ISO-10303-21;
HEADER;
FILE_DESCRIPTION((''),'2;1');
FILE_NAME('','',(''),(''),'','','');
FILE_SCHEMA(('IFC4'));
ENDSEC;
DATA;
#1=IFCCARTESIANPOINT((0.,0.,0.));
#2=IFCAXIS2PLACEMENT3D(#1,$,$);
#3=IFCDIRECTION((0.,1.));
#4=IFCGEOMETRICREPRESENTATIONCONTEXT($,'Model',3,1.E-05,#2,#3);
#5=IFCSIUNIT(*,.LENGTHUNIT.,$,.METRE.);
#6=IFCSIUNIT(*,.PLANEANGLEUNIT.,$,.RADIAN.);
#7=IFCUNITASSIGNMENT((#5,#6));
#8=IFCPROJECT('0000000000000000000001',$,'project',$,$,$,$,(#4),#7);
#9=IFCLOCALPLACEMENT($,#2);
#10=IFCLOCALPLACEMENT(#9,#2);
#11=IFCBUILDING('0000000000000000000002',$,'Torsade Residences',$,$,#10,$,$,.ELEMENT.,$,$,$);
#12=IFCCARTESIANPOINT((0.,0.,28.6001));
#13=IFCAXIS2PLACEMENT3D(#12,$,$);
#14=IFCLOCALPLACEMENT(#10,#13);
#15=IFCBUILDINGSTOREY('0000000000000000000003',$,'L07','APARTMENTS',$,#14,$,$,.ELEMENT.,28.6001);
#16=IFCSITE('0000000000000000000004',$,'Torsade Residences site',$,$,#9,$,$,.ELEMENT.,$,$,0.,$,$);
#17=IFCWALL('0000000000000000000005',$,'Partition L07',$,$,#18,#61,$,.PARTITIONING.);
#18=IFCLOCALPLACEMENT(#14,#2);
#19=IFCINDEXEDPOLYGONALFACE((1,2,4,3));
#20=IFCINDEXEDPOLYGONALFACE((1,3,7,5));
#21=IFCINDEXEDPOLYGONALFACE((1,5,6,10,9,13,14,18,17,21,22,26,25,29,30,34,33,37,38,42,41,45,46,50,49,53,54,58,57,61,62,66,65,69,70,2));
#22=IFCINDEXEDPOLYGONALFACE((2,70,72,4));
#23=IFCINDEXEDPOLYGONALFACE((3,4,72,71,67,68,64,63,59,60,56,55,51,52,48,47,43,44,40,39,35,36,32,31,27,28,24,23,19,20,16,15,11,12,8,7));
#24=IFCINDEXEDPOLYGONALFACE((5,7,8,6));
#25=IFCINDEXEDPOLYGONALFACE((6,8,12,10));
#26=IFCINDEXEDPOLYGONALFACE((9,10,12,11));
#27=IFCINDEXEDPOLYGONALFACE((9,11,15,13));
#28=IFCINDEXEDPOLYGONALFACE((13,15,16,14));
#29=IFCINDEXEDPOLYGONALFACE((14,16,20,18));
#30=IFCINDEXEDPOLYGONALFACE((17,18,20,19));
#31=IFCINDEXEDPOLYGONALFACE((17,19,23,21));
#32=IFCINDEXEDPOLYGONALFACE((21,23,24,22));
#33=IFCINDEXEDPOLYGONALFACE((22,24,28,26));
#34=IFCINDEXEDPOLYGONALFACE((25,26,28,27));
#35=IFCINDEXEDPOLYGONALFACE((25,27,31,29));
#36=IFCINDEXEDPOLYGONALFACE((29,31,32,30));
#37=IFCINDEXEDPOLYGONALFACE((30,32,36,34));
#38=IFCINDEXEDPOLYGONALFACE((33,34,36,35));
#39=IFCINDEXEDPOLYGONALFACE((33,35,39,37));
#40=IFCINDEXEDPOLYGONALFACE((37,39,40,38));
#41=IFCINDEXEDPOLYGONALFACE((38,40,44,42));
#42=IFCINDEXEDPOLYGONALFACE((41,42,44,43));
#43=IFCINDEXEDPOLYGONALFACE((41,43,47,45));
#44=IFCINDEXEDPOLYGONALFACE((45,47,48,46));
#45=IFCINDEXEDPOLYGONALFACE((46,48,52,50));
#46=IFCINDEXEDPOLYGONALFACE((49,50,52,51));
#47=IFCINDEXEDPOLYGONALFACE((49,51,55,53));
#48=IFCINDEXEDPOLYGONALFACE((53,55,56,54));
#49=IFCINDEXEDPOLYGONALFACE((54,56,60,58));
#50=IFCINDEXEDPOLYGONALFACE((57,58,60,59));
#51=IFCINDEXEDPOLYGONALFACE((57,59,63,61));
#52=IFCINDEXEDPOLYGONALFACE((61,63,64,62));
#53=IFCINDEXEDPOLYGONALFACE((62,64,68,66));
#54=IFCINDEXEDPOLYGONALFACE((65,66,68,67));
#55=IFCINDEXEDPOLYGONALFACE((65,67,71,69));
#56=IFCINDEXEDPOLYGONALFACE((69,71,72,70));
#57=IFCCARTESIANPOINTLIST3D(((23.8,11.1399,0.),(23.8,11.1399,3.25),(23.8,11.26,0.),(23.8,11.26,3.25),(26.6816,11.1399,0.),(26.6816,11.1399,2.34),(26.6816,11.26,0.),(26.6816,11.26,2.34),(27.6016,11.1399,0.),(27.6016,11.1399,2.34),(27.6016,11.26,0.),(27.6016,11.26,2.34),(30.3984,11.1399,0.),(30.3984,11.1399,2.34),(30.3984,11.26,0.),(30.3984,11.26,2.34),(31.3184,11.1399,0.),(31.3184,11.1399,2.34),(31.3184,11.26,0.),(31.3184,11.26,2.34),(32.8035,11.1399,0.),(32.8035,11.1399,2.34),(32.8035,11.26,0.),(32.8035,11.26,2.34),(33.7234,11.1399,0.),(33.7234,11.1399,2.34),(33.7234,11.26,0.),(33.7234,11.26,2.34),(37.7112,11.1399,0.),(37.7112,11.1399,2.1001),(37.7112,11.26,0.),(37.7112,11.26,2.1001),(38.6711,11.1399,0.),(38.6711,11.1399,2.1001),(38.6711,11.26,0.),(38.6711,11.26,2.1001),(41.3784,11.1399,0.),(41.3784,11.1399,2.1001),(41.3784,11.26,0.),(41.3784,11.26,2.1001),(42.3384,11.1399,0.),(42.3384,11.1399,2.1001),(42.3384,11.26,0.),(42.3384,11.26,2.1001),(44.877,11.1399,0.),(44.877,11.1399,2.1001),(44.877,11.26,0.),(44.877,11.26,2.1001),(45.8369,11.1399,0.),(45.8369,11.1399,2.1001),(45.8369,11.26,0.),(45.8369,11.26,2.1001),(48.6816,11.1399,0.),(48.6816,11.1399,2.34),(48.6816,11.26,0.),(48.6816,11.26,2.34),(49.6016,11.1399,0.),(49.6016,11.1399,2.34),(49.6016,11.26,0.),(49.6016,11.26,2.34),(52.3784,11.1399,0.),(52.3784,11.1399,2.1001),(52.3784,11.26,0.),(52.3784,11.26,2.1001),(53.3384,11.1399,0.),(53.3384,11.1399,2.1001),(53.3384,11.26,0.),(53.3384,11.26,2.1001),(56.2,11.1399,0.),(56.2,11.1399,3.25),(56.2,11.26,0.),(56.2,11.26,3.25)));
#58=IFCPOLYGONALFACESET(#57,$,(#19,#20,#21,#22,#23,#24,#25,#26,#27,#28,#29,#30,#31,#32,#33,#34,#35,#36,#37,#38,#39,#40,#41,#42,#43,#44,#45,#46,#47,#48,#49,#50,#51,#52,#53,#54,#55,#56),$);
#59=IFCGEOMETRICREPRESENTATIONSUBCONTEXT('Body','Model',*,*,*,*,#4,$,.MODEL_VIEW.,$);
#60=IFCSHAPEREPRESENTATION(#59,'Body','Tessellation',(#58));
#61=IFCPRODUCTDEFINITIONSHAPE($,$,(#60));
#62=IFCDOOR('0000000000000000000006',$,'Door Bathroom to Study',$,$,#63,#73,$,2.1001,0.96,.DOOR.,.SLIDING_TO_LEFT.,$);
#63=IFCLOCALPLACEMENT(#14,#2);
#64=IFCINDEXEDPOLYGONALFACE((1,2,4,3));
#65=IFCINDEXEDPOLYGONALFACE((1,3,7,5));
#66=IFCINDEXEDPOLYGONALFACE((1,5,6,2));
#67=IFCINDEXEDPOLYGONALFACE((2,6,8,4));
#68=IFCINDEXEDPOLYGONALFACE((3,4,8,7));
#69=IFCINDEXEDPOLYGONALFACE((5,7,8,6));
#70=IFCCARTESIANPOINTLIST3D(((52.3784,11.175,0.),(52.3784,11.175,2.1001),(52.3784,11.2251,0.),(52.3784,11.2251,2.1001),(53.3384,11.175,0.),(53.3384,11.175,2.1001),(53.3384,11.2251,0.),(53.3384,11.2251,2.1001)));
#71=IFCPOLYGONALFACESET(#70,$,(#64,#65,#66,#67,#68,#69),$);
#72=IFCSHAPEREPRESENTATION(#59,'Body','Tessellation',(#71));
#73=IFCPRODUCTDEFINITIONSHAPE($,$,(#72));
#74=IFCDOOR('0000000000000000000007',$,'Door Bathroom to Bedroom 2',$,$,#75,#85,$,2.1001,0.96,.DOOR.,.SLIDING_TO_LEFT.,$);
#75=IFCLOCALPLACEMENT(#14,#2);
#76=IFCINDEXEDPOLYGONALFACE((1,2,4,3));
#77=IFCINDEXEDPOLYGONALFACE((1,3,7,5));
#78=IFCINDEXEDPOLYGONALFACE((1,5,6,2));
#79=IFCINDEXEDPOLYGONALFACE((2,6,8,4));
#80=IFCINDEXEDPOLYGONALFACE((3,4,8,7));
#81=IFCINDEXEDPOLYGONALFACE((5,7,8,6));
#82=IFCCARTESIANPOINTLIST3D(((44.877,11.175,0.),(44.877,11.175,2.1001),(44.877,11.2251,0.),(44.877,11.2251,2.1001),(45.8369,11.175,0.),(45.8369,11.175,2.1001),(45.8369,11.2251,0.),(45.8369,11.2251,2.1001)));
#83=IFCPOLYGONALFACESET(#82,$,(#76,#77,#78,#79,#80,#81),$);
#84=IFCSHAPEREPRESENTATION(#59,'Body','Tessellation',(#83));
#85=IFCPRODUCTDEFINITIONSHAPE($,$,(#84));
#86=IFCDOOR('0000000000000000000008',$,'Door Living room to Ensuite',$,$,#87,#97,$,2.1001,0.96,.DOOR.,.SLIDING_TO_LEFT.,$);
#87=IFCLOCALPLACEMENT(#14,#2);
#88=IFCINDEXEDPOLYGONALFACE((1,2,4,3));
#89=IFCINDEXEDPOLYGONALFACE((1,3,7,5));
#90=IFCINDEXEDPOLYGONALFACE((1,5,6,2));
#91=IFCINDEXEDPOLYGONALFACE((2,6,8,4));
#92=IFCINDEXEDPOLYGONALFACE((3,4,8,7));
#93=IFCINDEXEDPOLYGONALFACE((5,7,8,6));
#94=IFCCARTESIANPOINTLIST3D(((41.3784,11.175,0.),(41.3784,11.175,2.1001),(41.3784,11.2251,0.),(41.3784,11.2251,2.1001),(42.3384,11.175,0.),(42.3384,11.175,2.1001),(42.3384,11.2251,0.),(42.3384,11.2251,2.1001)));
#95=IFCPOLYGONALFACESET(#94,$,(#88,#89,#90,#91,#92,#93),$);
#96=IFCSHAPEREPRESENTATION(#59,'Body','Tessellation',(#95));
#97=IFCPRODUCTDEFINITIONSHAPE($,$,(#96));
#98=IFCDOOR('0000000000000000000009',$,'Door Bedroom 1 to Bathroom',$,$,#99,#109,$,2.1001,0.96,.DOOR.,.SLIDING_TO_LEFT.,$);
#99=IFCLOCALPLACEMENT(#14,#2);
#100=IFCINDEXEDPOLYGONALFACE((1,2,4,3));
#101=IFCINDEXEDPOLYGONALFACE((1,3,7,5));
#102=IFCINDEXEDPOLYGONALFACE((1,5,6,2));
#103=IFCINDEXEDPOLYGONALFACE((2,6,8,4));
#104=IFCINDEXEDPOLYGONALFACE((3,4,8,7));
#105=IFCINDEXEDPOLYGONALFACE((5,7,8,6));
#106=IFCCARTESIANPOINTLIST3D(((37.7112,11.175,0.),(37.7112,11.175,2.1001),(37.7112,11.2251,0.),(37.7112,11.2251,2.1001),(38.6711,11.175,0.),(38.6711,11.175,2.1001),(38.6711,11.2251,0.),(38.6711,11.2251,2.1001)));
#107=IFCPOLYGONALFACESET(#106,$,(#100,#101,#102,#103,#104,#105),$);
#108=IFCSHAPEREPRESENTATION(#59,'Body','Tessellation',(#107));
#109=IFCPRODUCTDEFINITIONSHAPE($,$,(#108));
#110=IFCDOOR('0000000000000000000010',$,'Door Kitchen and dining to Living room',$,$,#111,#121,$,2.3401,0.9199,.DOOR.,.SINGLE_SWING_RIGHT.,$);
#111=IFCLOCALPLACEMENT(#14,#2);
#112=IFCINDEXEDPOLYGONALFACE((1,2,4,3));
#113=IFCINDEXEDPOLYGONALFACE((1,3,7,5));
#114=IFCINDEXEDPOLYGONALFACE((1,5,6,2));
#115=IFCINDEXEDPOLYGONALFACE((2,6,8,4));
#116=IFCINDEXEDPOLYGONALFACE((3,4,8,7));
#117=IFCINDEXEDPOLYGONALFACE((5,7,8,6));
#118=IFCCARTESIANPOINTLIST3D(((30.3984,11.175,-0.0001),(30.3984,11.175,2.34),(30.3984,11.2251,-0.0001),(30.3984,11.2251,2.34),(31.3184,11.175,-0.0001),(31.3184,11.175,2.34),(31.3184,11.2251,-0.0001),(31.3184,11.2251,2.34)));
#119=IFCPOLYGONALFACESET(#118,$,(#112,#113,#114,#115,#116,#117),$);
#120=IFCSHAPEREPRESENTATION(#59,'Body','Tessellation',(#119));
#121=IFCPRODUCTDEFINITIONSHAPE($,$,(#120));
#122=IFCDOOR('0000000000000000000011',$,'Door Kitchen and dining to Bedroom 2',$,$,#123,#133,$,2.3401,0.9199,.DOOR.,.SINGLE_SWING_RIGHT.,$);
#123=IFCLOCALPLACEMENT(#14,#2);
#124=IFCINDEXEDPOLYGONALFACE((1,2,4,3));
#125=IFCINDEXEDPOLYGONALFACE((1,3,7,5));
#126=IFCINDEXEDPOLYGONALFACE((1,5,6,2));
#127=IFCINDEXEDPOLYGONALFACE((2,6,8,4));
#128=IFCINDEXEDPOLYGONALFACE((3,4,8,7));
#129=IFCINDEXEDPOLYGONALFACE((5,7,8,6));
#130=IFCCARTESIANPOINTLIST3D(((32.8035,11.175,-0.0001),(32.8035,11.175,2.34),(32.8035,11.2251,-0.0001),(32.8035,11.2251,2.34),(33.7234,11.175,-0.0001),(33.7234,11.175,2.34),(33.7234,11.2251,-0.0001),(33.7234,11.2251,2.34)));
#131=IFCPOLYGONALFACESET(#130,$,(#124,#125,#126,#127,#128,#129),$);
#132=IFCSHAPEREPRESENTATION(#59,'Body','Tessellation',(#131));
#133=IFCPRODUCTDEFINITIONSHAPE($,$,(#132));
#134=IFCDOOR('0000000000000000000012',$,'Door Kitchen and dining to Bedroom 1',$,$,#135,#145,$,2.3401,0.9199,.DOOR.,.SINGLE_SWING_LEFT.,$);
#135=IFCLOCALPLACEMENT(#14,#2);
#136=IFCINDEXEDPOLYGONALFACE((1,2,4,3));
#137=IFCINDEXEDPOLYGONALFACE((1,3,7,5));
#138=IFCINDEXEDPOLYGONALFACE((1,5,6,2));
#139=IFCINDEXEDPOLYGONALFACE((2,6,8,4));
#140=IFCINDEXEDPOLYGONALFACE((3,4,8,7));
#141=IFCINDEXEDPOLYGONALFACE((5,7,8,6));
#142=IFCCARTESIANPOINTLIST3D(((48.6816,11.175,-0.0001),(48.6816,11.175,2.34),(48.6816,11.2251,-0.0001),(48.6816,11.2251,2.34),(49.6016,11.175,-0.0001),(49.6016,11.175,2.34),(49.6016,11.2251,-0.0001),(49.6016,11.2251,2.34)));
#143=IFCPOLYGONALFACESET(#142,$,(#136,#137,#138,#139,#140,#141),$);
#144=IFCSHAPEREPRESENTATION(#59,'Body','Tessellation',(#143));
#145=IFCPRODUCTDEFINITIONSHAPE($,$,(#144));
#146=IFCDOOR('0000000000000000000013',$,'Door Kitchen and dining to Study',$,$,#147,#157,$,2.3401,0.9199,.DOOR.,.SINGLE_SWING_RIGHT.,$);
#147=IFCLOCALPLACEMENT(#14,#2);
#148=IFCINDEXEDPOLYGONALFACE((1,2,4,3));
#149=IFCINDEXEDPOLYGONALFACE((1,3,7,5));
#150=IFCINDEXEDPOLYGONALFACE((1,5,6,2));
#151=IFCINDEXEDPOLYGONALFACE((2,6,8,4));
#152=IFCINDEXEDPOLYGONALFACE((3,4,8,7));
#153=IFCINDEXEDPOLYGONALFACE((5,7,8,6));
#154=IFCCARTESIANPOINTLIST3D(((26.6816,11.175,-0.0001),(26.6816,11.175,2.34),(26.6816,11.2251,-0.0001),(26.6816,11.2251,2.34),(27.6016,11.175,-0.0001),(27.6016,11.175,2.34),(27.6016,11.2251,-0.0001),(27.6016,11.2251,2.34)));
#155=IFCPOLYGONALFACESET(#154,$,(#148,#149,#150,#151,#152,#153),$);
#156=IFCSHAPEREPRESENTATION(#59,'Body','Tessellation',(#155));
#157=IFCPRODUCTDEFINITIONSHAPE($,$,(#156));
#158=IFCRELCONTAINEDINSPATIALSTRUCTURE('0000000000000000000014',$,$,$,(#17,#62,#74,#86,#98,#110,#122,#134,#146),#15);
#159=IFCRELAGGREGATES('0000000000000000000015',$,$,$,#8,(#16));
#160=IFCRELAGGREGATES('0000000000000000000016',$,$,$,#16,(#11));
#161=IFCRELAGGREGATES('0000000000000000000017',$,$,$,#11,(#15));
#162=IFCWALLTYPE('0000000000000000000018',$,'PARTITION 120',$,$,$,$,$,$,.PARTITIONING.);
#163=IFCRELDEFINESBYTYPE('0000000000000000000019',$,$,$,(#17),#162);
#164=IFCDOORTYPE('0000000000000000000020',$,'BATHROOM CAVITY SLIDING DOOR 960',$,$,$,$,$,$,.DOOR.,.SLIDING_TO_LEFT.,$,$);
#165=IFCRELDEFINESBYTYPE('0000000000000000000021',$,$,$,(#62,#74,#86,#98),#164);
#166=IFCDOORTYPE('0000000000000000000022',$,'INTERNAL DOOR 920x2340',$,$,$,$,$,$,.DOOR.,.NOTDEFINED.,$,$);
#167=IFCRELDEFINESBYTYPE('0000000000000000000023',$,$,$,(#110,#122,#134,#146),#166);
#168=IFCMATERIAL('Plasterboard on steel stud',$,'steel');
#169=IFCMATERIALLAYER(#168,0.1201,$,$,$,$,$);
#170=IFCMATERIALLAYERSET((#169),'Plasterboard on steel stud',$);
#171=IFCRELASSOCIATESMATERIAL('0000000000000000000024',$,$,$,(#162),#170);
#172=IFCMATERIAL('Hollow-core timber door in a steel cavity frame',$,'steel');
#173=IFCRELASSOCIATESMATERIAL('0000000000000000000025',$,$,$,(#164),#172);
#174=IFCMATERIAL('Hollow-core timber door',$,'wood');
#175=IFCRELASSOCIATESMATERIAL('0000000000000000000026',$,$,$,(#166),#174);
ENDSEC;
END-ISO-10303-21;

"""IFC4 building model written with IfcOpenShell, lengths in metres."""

from ifc_helpers import new_model, si_unit, direction, frame, frame_2d, origin, place, context, subcontext, project, spatial, rectangle, extrude, material, layer, layer_set, type_object, element, fill, save


model = new_model("IFC4")

# Units and contexts
model_context = context("Model", 3, precision=1e-05, world=origin(), true_north=direction((0.0, 1.0)))
body_context = subcontext(model_context, "Body", "Model", "MODEL_VIEW")
ifc_project = project(units=[si_unit("LENGTHUNIT", "METRE"), si_unit("PLANEANGLEUNIT", "RADIAN")], contexts=[model_context])

# Site, building, storey
site_placement = place(None, origin())
site = spatial("IfcSite", under=ifc_project, at=site_placement, Name="Torsade Residences site", CompositionType="ELEMENT", RefElevation=0.0)
building_placement = place(site_placement, origin())
building = spatial("IfcBuilding", under=site, at=building_placement, Name="Torsade Residences", CompositionType="ELEMENT")
storey_placement = place(building_placement, frame((0.0, 0.0, 28.6001)))
storey = spatial("IfcBuildingStorey", under=building, at=storey_placement, Name="L07", Description="APARTMENTS", CompositionType="ELEMENT", Elevation=28.6001)

# Wall, openings, doors
ifc_material_1 = material(Name="Plasterboard on steel stud", Category="steel")
ifc_layer_1 = layer(ifc_material_1, 0.1201)
ifc_layer_set_1 = layer_set([ifc_layer_1], Name="Plasterboard on steel stud")
wall_type_1 = type_object("IfcWallType", Name="PARTITION 120", PredefinedType="PARTITIONING", material=ifc_layer_set_1)
wall_1_placement = place(storey_placement, frame((56.2, 11.2, 0.0), z_axis=(0.0, 0.0, 1.0), x_axis=(-1.0, 0.0, 0.0)))
wall_1 = element("IfcWall", 1, at=wall_1_placement, inside=storey, type_object=wall_type_1, Name="Partition L07", PredefinedType="PARTITIONING", context=body_context, shape_type="SweptSolid", body=[
    extrude(rectangle(XDim=32.3999, YDim=0.1201, at=frame_2d((16.2, 0.0))), origin(), (0.0, 0.0, 1.0), 3.25),
])
opening_1_placement = place(wall_1_placement, frame((24.8816, 0.0, 0.0)))
opening_1 = element("IfcOpeningElement", 2, at=opening_1_placement, cuts=wall_1, PredefinedType="OPENING", context=body_context, shape_type="SweptSolid", body=[
    extrude(rectangle(XDim=0.9199, YDim=2.3401, at=frame_2d((0.46, 1.1699))), frame((0.0, 0.0701, 0.0), z_axis=(0.0, -1.0, 0.0), x_axis=(1.0, 0.0, 0.0)), (0.0, 0.0, 1.0), 0.1401),
])
opening_2_placement = place(wall_1_placement, frame((22.4766, 0.0, 0.0)))
opening_2 = element("IfcOpeningElement", 3, at=opening_2_placement, cuts=wall_1, PredefinedType="OPENING", context=body_context, shape_type="SweptSolid", body=[
    extrude(rectangle(XDim=0.9199, YDim=2.3401, at=frame_2d((0.46, 1.1699))), frame((0.0, 0.0701, 0.0), z_axis=(0.0, -1.0, 0.0), x_axis=(1.0, 0.0, 0.0)), (0.0, 0.0, 1.0), 0.1401),
])
opening_3_placement = place(wall_1_placement, frame((6.5984, 0.0, 0.0)))
opening_3 = element("IfcOpeningElement", 4, at=opening_3_placement, cuts=wall_1, PredefinedType="OPENING", context=body_context, shape_type="SweptSolid", body=[
    extrude(rectangle(XDim=0.9199, YDim=2.3401, at=frame_2d((0.46, 1.1699))), frame((0.0, 0.0701, 0.0), z_axis=(0.0, -1.0, 0.0), x_axis=(1.0, 0.0, 0.0)), (0.0, 0.0, 1.0), 0.1401),
])
opening_4_placement = place(wall_1_placement, frame((28.5984, 0.0, 0.0)))
opening_4 = element("IfcOpeningElement", 5, at=opening_4_placement, cuts=wall_1, PredefinedType="OPENING", context=body_context, shape_type="SweptSolid", body=[
    extrude(rectangle(XDim=0.9199, YDim=2.3401, at=frame_2d((0.46, 1.1699))), frame((0.0, 0.0701, 0.0), z_axis=(0.0, -1.0, 0.0), x_axis=(1.0, 0.0, 0.0)), (0.0, 0.0, 1.0), 0.1401),
])
opening_5_placement = place(wall_1_placement, frame((2.8616, 0.0, 0.0)))
opening_5 = element("IfcOpeningElement", 6, at=opening_5_placement, cuts=wall_1, PredefinedType="OPENING", context=body_context, shape_type="SweptSolid", body=[
    extrude(rectangle(XDim=0.96, YDim=2.1001, at=frame_2d((0.48, 1.05))), frame((0.0, 0.0701, 0.0), z_axis=(0.0, -1.0, 0.0), x_axis=(1.0, 0.0, 0.0)), (0.0, 0.0, 1.0), 0.1401),
])
opening_6_placement = place(wall_1_placement, frame((10.363, 0.0, 0.0)))
opening_6 = element("IfcOpeningElement", 7, at=opening_6_placement, cuts=wall_1, PredefinedType="OPENING", context=body_context, shape_type="SweptSolid", body=[
    extrude(rectangle(XDim=0.96, YDim=2.1001, at=frame_2d((0.48, 1.05))), frame((0.0, 0.0701, 0.0), z_axis=(0.0, -1.0, 0.0), x_axis=(1.0, 0.0, 0.0)), (0.0, 0.0, 1.0), 0.1401),
])
opening_7_placement = place(wall_1_placement, frame((13.8616, 0.0, 0.0)))
opening_7 = element("IfcOpeningElement", 8, at=opening_7_placement, cuts=wall_1, PredefinedType="OPENING", context=body_context, shape_type="SweptSolid", body=[
    extrude(rectangle(XDim=0.96, YDim=2.1001, at=frame_2d((0.48, 1.05))), frame((0.0, 0.0701, 0.0), z_axis=(0.0, -1.0, 0.0), x_axis=(1.0, 0.0, 0.0)), (0.0, 0.0, 1.0), 0.1401),
])
opening_8_placement = place(wall_1_placement, frame((17.5288, 0.0, 0.0)))
opening_8 = element("IfcOpeningElement", 9, at=opening_8_placement, cuts=wall_1, PredefinedType="OPENING", context=body_context, shape_type="SweptSolid", body=[
    extrude(rectangle(XDim=0.96, YDim=2.1001, at=frame_2d((0.48, 1.05))), frame((0.0, 0.0701, 0.0), z_axis=(0.0, -1.0, 0.0), x_axis=(1.0, 0.0, 0.0)), (0.0, 0.0, 1.0), 0.1401),
])
ifc_material_2 = material(Name="Hollow-core timber door in a steel cavity frame", Category="steel")
door_type_1 = type_object("IfcDoorType", Name="BATHROOM CAVITY SLIDING DOOR 960", OperationType="SLIDING_TO_LEFT", PredefinedType="DOOR", material=ifc_material_2)
door_1_placement = place(opening_5_placement, origin())
door_1 = element("IfcDoor", 10, at=door_1_placement, inside=storey, type_object=door_type_1, Name="Door Bathroom to Study", OperationType="SLIDING_TO_LEFT", OverallHeight=2.1001, OverallWidth=0.96, PredefinedType="DOOR", context=body_context, shape_type="SweptSolid", body=[
    extrude(rectangle(XDim=0.96, YDim=2.1001, at=frame_2d((0.48, 1.05))), frame((0.0, 0.0249, 0.0), z_axis=(0.0, -1.0, 0.0), x_axis=(1.0, 0.0, 0.0)), (0.0, 0.0, 1.0), 0.05),
])
fill(opening_5, door_1)
door_2_placement = place(opening_6_placement, origin())
door_2 = element("IfcDoor", 11, at=door_2_placement, inside=storey, type_object=door_type_1, Name="Door Bathroom to Bedroom 2", OperationType="SLIDING_TO_LEFT", OverallHeight=2.1001, OverallWidth=0.96, PredefinedType="DOOR", context=body_context, shape_type="SweptSolid", body=[
    extrude(rectangle(XDim=0.96, YDim=2.1001, at=frame_2d((0.48, 1.05))), frame((0.0, 0.0249, 0.0), z_axis=(0.0, -1.0, 0.0), x_axis=(1.0, 0.0, 0.0)), (0.0, 0.0, 1.0), 0.05),
])
fill(opening_6, door_2)
door_3_placement = place(opening_7_placement, origin())
door_3 = element("IfcDoor", 12, at=door_3_placement, inside=storey, type_object=door_type_1, Name="Door Living room to Ensuite", OperationType="SLIDING_TO_LEFT", OverallHeight=2.1001, OverallWidth=0.96, PredefinedType="DOOR", context=body_context, shape_type="SweptSolid", body=[
    extrude(rectangle(XDim=0.96, YDim=2.1001, at=frame_2d((0.48, 1.05))), frame((0.0, 0.0249, 0.0), z_axis=(0.0, -1.0, 0.0), x_axis=(1.0, 0.0, 0.0)), (0.0, 0.0, 1.0), 0.05),
])
fill(opening_7, door_3)
door_4_placement = place(opening_8_placement, origin())
door_4 = element("IfcDoor", 13, at=door_4_placement, inside=storey, type_object=door_type_1, Name="Door Bedroom 1 to Bathroom", OperationType="SLIDING_TO_LEFT", OverallHeight=2.1001, OverallWidth=0.96, PredefinedType="DOOR", context=body_context, shape_type="SweptSolid", body=[
    extrude(rectangle(XDim=0.96, YDim=2.1001, at=frame_2d((0.48, 1.05))), frame((0.0, 0.0249, 0.0), z_axis=(0.0, -1.0, 0.0), x_axis=(1.0, 0.0, 0.0)), (0.0, 0.0, 1.0), 0.05),
])
fill(opening_8, door_4)
ifc_material_3 = material(Name="Hollow-core timber door", Category="wood")
door_type_2 = type_object("IfcDoorType", Name="INTERNAL DOOR 920x2340", OperationType="NOTDEFINED", PredefinedType="DOOR", material=ifc_material_3)
door_5_placement = place(opening_1_placement, origin())
door_5 = element("IfcDoor", 14, at=door_5_placement, inside=storey, type_object=door_type_2, Name="Door Kitchen and dining to Living room", OperationType="SINGLE_SWING_RIGHT", OverallHeight=2.3401, OverallWidth=0.9199, PredefinedType="DOOR", context=body_context, shape_type="SweptSolid", body=[
    extrude(rectangle(XDim=0.9199, YDim=2.3401, at=frame_2d((0.46, 1.1699))), frame((0.0, 0.0249, 0.0), z_axis=(0.0, -1.0, 0.0), x_axis=(1.0, 0.0, 0.0)), (0.0, 0.0, 1.0), 0.05),
])
fill(opening_1, door_5)
door_6_placement = place(opening_2_placement, origin())
door_6 = element("IfcDoor", 15, at=door_6_placement, inside=storey, type_object=door_type_2, Name="Door Kitchen and dining to Bedroom 2", OperationType="SINGLE_SWING_RIGHT", OverallHeight=2.3401, OverallWidth=0.9199, PredefinedType="DOOR", context=body_context, shape_type="SweptSolid", body=[
    extrude(rectangle(XDim=0.9199, YDim=2.3401, at=frame_2d((0.46, 1.1699))), frame((0.0, 0.0249, 0.0), z_axis=(0.0, -1.0, 0.0), x_axis=(1.0, 0.0, 0.0)), (0.0, 0.0, 1.0), 0.05),
])
fill(opening_2, door_6)
door_7_placement = place(opening_3_placement, origin())
door_7 = element("IfcDoor", 16, at=door_7_placement, inside=storey, type_object=door_type_2, Name="Door Kitchen and dining to Bedroom 1", OperationType="SINGLE_SWING_LEFT", OverallHeight=2.3401, OverallWidth=0.9199, PredefinedType="DOOR", context=body_context, shape_type="SweptSolid", body=[
    extrude(rectangle(XDim=0.9199, YDim=2.3401, at=frame_2d((0.46, 1.1699))), frame((0.0, 0.0249, 0.0), z_axis=(0.0, -1.0, 0.0), x_axis=(1.0, 0.0, 0.0)), (0.0, 0.0, 1.0), 0.05),
])
fill(opening_3, door_7)
door_8_placement = place(opening_4_placement, origin())
door_8 = element("IfcDoor", 17, at=door_8_placement, inside=storey, type_object=door_type_2, Name="Door Kitchen and dining to Study", OperationType="SINGLE_SWING_RIGHT", OverallHeight=2.3401, OverallWidth=0.9199, PredefinedType="DOOR", context=body_context, shape_type="SweptSolid", body=[
    extrude(rectangle(XDim=0.9199, YDim=2.3401, at=frame_2d((0.46, 1.1699))), frame((0.0, 0.0249, 0.0), z_axis=(0.0, -1.0, 0.0), x_axis=(1.0, 0.0, 0.0)), (0.0, 0.0, 1.0), 0.05),
])
fill(opening_4, door_8)

save(model, "model.ifc")
